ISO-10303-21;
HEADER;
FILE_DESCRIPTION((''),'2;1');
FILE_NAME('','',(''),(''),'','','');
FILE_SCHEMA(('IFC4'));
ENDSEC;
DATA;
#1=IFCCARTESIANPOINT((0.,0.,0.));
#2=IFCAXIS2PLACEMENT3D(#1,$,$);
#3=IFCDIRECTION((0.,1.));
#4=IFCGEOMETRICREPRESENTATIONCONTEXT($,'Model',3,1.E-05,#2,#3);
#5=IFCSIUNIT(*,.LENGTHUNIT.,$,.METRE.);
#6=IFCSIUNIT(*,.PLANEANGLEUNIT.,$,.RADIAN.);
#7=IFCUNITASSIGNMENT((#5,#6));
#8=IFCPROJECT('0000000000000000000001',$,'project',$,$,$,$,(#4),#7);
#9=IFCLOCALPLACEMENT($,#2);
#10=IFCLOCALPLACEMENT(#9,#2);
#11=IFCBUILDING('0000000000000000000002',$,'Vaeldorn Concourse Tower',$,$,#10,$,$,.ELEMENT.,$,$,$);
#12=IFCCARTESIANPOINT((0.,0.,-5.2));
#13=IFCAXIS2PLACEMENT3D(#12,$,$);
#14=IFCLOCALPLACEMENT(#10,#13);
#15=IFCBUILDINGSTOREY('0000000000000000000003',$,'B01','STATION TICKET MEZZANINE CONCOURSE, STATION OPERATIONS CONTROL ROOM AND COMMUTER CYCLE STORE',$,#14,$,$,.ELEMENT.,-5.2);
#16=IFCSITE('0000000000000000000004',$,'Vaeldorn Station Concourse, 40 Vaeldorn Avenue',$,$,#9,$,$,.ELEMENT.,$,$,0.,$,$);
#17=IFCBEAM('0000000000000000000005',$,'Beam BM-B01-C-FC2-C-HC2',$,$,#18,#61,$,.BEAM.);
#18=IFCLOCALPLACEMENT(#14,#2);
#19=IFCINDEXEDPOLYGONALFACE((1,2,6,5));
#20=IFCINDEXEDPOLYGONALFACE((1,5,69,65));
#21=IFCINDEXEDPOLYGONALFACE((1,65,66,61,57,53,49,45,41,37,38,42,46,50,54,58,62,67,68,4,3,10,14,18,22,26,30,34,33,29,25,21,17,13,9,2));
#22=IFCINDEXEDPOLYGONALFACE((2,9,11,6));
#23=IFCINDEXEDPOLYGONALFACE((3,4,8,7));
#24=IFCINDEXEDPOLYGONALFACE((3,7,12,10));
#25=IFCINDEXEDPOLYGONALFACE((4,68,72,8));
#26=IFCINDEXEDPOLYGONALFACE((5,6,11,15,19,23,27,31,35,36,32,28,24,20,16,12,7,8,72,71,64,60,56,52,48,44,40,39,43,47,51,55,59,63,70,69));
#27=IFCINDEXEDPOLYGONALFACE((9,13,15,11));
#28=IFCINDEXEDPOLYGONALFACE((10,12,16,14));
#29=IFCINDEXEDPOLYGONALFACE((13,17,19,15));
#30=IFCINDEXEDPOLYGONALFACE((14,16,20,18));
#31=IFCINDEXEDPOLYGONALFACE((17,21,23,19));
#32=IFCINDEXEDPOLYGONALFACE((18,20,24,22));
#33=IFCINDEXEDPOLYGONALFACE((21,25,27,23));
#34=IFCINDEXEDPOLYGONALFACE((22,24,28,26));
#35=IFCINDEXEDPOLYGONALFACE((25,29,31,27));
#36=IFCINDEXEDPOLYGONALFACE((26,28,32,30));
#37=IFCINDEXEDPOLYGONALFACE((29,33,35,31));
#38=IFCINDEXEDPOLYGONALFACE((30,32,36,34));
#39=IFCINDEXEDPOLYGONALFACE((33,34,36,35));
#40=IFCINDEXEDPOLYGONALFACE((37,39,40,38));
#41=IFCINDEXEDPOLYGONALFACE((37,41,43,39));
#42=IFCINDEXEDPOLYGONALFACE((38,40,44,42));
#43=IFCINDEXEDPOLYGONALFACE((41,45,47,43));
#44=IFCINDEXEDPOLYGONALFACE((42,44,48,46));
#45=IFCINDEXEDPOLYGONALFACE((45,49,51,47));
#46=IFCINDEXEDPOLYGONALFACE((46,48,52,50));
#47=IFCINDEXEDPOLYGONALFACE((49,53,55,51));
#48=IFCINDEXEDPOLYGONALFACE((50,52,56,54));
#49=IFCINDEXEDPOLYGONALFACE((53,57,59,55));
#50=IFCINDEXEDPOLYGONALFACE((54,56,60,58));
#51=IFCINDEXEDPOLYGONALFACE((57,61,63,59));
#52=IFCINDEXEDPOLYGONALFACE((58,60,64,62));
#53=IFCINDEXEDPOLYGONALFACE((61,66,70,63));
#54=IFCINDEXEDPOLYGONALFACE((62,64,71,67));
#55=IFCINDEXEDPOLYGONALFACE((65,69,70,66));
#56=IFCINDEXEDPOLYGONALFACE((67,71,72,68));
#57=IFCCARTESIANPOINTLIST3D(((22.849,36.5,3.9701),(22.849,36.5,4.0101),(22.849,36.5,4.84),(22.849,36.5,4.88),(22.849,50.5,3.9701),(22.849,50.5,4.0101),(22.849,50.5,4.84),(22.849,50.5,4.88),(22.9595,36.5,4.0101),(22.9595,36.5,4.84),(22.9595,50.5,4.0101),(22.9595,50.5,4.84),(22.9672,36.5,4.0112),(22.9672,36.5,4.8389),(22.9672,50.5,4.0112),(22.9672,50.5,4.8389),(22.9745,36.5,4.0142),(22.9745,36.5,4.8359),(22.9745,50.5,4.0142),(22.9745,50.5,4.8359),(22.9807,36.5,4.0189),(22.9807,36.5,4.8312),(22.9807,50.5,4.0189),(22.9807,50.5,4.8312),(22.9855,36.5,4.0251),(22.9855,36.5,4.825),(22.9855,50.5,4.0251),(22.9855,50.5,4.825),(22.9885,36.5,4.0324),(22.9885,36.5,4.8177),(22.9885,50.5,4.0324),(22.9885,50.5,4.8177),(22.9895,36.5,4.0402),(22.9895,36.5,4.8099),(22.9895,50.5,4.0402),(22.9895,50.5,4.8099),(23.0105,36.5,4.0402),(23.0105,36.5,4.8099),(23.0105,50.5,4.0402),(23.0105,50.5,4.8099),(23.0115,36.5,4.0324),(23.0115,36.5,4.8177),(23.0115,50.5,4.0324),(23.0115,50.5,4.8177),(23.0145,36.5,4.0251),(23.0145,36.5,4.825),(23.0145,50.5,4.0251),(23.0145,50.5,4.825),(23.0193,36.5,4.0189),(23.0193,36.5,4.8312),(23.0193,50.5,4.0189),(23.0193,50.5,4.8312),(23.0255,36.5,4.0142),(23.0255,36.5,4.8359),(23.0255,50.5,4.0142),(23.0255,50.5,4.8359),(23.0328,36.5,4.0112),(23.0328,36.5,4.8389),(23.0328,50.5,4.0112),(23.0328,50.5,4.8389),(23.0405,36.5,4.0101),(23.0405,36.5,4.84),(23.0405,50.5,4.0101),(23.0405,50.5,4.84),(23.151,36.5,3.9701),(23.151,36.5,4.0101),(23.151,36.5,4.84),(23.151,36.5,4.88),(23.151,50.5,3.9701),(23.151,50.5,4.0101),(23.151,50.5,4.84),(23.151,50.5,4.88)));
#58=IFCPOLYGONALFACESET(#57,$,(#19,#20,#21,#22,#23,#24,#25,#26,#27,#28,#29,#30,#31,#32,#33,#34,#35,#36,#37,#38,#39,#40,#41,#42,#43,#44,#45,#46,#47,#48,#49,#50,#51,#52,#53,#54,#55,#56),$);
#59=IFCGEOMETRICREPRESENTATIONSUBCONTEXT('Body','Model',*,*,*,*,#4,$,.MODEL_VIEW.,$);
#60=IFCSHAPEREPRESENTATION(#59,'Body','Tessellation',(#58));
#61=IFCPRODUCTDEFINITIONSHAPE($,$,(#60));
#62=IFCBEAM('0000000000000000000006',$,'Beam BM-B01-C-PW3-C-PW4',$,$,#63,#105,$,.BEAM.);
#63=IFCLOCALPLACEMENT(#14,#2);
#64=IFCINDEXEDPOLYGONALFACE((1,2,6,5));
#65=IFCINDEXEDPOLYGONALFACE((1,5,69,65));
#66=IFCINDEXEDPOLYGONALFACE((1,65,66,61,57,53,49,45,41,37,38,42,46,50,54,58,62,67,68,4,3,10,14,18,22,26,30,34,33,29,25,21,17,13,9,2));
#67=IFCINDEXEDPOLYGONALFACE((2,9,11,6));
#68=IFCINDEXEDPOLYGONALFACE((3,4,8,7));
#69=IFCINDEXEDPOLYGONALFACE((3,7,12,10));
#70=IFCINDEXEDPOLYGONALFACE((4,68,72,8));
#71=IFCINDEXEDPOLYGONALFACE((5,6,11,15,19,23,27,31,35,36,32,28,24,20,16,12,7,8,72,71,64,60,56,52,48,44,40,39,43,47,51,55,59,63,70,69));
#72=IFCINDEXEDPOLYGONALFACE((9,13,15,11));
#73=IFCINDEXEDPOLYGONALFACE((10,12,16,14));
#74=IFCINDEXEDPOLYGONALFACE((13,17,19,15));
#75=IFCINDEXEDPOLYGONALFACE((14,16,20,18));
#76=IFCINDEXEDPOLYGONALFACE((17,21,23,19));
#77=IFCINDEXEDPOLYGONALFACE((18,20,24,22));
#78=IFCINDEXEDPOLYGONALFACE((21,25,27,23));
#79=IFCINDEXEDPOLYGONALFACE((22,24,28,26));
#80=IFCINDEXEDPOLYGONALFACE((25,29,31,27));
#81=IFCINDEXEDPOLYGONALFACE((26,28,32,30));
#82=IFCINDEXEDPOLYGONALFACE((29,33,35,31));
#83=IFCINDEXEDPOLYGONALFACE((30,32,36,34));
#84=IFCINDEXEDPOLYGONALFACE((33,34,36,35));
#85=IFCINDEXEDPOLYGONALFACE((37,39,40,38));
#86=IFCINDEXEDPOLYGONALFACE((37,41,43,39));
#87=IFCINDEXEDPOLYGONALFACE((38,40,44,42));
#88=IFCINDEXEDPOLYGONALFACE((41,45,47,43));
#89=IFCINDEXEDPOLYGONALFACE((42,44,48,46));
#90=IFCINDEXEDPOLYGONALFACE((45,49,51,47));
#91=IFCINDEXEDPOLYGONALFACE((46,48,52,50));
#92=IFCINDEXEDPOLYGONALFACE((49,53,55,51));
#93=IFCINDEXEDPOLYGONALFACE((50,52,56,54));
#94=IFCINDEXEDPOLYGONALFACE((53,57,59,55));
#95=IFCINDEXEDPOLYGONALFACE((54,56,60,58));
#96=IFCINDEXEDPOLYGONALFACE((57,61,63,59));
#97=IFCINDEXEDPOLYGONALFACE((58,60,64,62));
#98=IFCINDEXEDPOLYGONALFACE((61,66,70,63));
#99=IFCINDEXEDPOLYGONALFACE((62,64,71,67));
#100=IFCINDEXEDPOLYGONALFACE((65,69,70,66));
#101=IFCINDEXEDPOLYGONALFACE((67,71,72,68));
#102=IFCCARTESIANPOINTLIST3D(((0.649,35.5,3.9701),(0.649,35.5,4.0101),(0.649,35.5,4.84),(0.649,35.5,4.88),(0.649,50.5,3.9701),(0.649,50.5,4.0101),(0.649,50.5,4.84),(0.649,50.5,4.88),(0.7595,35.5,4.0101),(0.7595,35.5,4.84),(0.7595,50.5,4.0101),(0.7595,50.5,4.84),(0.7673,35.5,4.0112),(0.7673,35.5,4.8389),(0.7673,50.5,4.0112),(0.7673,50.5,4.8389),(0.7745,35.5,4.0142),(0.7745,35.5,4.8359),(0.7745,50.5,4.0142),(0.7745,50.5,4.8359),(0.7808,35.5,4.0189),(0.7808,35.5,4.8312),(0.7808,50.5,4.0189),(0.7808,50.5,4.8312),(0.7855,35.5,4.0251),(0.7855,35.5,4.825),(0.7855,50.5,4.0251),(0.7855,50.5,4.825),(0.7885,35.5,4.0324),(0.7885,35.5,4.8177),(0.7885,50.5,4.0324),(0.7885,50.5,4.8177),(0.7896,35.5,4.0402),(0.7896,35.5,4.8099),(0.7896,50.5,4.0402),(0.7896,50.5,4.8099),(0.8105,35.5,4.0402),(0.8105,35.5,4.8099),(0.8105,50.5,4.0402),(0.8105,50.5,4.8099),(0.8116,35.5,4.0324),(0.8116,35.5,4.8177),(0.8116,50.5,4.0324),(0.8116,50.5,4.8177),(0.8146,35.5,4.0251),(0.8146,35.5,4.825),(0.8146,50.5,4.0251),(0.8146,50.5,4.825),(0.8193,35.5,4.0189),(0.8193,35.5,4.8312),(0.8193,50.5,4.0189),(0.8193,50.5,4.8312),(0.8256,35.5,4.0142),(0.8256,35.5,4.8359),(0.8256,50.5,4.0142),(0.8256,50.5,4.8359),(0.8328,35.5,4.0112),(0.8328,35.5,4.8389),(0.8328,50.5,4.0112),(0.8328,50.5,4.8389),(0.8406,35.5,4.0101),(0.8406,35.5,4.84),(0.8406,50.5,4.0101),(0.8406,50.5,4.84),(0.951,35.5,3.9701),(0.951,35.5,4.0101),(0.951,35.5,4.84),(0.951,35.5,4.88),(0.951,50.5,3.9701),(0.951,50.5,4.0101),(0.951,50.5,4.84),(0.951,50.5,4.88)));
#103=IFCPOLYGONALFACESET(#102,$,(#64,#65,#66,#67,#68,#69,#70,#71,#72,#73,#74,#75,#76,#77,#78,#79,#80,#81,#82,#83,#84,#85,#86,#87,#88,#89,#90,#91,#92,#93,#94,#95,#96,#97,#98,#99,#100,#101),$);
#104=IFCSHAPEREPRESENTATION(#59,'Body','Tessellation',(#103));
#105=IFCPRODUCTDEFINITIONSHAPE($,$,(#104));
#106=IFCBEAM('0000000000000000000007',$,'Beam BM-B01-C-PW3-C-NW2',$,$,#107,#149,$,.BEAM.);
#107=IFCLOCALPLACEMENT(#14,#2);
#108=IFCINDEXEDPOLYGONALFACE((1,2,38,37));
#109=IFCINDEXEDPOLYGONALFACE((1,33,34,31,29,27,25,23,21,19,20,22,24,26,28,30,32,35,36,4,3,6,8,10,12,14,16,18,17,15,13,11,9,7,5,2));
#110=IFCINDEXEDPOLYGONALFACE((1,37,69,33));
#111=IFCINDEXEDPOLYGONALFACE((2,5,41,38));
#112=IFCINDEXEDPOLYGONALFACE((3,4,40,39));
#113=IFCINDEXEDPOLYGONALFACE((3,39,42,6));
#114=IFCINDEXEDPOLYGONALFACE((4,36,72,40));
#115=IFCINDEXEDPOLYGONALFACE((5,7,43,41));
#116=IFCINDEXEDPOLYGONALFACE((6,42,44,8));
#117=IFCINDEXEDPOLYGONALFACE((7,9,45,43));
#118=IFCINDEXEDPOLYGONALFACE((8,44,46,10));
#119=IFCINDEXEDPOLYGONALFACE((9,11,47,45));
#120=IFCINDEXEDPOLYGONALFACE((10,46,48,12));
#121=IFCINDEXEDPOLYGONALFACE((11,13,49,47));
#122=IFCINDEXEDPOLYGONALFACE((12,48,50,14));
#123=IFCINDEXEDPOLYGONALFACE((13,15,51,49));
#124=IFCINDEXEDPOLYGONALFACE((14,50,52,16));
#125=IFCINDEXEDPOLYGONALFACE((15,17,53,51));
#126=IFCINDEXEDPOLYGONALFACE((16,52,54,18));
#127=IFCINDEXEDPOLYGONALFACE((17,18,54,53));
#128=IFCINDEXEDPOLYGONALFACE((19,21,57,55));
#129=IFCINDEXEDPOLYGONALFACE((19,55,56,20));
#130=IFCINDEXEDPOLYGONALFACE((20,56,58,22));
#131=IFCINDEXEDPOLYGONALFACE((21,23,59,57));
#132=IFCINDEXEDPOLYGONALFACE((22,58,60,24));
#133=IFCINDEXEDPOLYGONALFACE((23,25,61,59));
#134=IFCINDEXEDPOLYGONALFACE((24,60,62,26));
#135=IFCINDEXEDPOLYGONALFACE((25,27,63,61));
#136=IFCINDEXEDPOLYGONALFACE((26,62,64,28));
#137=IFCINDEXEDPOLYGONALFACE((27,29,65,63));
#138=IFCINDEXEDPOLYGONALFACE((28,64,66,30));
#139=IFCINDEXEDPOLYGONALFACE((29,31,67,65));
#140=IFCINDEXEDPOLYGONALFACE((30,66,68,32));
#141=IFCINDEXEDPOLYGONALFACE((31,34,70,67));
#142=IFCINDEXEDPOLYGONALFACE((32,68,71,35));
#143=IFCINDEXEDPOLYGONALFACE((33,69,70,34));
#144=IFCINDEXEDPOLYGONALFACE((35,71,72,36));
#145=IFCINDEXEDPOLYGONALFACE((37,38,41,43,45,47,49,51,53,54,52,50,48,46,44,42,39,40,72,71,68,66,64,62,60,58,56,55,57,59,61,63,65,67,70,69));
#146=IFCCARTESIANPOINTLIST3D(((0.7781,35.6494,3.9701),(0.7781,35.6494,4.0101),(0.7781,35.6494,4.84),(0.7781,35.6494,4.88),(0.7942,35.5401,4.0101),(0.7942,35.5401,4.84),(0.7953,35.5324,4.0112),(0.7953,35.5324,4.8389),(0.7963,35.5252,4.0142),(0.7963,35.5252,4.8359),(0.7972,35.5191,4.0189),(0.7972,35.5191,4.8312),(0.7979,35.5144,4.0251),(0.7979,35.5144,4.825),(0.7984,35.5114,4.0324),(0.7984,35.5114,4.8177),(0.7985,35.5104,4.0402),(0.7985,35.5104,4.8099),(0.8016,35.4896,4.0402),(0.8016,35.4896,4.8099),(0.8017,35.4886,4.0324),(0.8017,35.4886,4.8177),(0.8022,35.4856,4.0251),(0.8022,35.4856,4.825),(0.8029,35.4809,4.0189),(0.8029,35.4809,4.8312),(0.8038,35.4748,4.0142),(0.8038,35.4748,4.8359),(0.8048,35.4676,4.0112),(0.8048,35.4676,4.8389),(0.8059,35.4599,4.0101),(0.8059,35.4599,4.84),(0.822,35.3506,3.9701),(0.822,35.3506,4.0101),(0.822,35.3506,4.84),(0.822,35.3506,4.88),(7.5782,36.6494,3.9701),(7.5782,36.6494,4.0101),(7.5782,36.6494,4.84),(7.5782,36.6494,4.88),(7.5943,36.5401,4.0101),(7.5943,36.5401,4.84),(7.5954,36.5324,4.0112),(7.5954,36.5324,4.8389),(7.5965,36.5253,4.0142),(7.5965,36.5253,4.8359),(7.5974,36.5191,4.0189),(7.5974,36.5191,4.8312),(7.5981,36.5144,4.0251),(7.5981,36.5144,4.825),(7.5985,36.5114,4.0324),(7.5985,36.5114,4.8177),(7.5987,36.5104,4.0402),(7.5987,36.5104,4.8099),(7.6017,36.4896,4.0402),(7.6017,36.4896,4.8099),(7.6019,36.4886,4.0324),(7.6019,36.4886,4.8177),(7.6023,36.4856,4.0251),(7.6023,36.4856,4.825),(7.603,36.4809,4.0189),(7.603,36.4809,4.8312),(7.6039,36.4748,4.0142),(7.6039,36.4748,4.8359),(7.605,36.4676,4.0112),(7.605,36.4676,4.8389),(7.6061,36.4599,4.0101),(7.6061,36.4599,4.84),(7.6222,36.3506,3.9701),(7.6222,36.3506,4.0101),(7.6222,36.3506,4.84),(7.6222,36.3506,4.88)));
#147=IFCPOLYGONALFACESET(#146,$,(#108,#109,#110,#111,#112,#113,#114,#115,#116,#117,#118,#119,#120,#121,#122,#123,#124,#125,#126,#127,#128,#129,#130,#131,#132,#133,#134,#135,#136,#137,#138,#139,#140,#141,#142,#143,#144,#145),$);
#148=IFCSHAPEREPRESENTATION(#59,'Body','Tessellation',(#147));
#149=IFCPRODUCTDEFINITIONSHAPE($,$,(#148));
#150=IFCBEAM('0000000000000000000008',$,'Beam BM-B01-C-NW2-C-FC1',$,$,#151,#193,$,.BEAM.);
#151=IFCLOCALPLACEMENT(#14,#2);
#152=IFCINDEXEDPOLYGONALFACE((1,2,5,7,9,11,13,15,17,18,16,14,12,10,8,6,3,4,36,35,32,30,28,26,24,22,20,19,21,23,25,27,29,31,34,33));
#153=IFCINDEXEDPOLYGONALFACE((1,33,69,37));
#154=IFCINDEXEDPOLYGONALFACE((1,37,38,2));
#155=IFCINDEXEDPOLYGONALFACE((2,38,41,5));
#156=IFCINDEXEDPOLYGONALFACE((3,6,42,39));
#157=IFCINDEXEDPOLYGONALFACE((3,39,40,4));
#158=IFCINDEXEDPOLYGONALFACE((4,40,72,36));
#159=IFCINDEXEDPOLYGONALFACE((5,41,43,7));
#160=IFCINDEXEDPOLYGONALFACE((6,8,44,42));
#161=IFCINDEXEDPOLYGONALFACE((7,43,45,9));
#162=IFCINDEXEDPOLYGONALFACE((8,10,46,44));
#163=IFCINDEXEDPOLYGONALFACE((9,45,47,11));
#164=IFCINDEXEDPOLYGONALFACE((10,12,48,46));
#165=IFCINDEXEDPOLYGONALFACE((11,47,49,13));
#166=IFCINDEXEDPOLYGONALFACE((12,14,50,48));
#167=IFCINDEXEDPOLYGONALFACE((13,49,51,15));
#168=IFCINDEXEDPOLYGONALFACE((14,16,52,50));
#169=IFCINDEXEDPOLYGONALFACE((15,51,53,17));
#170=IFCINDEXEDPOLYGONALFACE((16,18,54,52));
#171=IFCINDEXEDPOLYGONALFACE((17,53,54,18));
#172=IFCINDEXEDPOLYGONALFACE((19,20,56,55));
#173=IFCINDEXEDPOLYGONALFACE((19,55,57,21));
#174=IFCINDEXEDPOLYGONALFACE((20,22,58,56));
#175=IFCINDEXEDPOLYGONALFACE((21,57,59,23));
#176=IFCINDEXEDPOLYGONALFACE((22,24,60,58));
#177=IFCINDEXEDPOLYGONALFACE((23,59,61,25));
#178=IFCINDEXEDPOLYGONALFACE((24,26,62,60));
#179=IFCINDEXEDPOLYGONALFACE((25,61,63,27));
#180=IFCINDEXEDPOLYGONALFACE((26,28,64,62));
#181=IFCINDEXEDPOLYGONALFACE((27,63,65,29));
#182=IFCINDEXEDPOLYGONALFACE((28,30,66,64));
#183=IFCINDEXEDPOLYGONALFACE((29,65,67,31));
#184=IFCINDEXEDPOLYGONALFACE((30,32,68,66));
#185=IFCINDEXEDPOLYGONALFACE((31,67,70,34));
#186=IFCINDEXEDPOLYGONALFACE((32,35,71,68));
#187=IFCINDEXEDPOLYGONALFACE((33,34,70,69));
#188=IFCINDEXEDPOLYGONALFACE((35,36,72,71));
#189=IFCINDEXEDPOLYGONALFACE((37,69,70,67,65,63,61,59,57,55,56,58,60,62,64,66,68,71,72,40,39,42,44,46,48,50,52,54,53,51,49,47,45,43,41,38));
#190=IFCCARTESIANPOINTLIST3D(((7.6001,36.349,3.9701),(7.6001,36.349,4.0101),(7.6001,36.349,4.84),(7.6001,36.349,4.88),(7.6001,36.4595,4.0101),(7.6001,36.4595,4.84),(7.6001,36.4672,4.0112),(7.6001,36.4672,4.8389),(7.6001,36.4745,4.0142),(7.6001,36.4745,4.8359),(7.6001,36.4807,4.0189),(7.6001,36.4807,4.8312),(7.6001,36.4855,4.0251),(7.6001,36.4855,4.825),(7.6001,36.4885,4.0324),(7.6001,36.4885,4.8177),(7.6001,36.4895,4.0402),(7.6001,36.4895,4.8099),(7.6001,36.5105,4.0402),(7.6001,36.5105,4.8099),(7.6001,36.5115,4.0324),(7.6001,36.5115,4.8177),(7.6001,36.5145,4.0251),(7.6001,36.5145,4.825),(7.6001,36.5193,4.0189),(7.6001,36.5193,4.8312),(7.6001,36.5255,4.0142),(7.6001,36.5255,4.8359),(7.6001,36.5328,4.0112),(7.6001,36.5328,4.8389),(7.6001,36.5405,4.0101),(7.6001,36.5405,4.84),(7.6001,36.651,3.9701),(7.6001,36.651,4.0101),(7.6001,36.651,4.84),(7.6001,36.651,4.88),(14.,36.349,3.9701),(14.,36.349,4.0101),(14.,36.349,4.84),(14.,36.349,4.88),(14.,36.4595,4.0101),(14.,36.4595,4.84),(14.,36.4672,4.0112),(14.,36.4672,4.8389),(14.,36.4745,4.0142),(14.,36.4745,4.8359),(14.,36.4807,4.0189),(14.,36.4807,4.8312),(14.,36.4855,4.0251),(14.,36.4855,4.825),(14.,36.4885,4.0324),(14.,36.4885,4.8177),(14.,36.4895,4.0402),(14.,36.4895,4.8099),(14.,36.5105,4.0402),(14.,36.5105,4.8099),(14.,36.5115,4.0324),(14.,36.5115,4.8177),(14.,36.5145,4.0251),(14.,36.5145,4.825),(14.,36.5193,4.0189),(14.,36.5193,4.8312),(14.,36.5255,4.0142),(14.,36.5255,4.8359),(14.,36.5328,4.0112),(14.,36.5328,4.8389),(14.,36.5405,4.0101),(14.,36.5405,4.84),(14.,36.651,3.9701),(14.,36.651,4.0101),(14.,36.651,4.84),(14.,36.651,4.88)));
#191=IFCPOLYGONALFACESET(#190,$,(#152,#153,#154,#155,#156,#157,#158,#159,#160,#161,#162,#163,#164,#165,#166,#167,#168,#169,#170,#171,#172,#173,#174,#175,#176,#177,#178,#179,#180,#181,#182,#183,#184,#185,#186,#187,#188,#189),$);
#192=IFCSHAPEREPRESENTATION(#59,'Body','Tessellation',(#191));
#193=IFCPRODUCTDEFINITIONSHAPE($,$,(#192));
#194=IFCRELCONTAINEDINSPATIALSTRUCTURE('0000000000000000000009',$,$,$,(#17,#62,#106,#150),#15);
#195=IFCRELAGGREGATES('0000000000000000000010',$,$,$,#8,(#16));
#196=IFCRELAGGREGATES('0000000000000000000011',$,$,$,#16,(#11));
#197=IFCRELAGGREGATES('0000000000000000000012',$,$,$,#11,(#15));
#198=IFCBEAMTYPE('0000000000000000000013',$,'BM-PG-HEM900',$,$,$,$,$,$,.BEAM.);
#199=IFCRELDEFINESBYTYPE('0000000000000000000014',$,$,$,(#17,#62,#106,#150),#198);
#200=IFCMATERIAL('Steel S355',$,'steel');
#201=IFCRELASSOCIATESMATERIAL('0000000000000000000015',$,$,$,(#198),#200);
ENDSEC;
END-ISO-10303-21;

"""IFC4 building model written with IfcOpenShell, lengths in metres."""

from ifc_helpers import new_model, si_unit, direction, frame, origin, origin_2d, place, context, subcontext, project, spatial, i_section, extrude, source, transform, mapped, material, material_profile, profile_set, type_object, element, save


model = new_model("IFC4")

# Units and contexts
model_context = context("Model", 3, precision=1e-05, world=origin(), true_north=direction((0.0, 1.0)))
body_context = subcontext(model_context, "Body", "Model", "MODEL_VIEW")
ifc_project = project(units=[si_unit("LENGTHUNIT", "METRE"), si_unit("PLANEANGLEUNIT", "RADIAN")], contexts=[model_context])

# Site, building, storey
site_placement = place(None, origin())
site = spatial("IfcSite", under=ifc_project, at=site_placement, Name="Vaeldorn Station Concourse, 40 Vaeldorn Avenue", CompositionType="ELEMENT", RefElevation=0.0)
building_placement = place(site_placement, origin())
building = spatial("IfcBuilding", under=site, at=building_placement, Name="Vaeldorn Concourse Tower", CompositionType="ELEMENT")
storey_placement = place(building_placement, frame((0.0, 0.0, -5.2)))
storey = spatial("IfcBuildingStorey", under=building, at=storey_placement, Name="B01", Description="STATION TICKET MEZZANINE CONCOURSE, STATION OPERATIONS CONTROL ROOM AND COMMUTER CYCLE STORE", CompositionType="ELEMENT", Elevation=-5.2)

# Beams
ifc_material_1 = material(Name="Steel S355", Category="steel")
ifc_material_profile_1 = material_profile(ifc_material_1, i_section(OverallWidth=0.302, OverallDepth=0.9099, WebThickness=0.021, FlangeThickness=0.04, FilletRadius=0.03, at=origin_2d()), Name="HEM 900")
ifc_profile_set_1 = profile_set([ifc_material_profile_1], Name="Steel S355")
beam_type_1 = type_object("IfcBeamType", Name="BM-PG-HEM900", PredefinedType="BEAM", material=ifc_profile_set_1)
shared_shape_1 = source(origin(), body_context, "Body", "SweptSolid", [
    extrude(i_section(OverallWidth=0.302, OverallDepth=0.9099, WebThickness=0.021, FlangeThickness=0.04, FilletRadius=0.03, at=origin_2d()), origin(), (0.0, 0.0, 1.0), 14.0),
])
for number, where, z_axis, x_axis, name in (
    (1, (23.0, 36.5, 4.425), (0.0, 1.0, 0.0), (-1.0, 0.0, 0.0), "Beam BM-B01-C-FC2-C-HC2"),
):
    element("IfcBeam", number, at=place(storey_placement, frame(where, z_axis=z_axis, x_axis=x_axis)), inside=storey, type_object=beam_type_1, Name=name, PredefinedType="BEAM", context=body_context, shape_type="MappedRepresentation", body=[
        mapped(shared_shape_1, transform((0.0, 0.0, 0.0), scale=1.0)),
    ])
shared_shape_2 = source(origin(), body_context, "Body", "SweptSolid", [
    extrude(i_section(OverallWidth=0.302, OverallDepth=0.9099, WebThickness=0.021, FlangeThickness=0.04, FilletRadius=0.03, at=origin_2d()), origin(), (0.0, 0.0, 1.0), 15.0),
])
beam_1_placement = place(storey_placement, frame((0.8, 35.5, 4.425), z_axis=(0.0, 1.0, 0.0), x_axis=(-1.0, 0.0, 0.0)))
element("IfcBeam", 2, at=beam_1_placement, inside=storey, type_object=beam_type_1, Name="Beam BM-B01-C-PW3-C-PW4", PredefinedType="BEAM", context=body_context, shape_type="MappedRepresentation", body=[
    mapped(shared_shape_2, transform((0.0, 0.0, 0.0), scale=1.0)),
])
shared_shape_3 = source(origin(), body_context, "Body", "SweptSolid", [
    extrude(i_section(OverallWidth=0.302, OverallDepth=0.9099, WebThickness=0.021, FlangeThickness=0.04, FilletRadius=0.03, at=origin_2d()), origin(), (0.0, 0.0, 1.0), 6.8733),
])
beam_2_placement = place(storey_placement, frame((0.8, 35.5, 4.425), z_axis=(0.989359, 0.145493, 0.0), x_axis=(-0.145493, 0.989359, 0.0)))
element("IfcBeam", 3, at=beam_2_placement, inside=storey, type_object=beam_type_1, Name="Beam BM-B01-C-PW3-C-NW2", PredefinedType="BEAM", context=body_context, shape_type="MappedRepresentation", body=[
    mapped(shared_shape_3, transform((0.0, 0.0, 0.0), scale=1.0)),
])
shared_shape_4 = source(origin(), body_context, "Body", "SweptSolid", [
    extrude(i_section(OverallWidth=0.302, OverallDepth=0.9099, WebThickness=0.021, FlangeThickness=0.04, FilletRadius=0.03, at=origin_2d()), origin(), (0.0, 0.0, 1.0), 6.3999),
])
beam_3_placement = place(storey_placement, frame((7.6001, 36.5, 4.425), z_axis=(1.0, 0.0, 0.0), x_axis=(0.0, 1.0, 0.0)))
element("IfcBeam", 4, at=beam_3_placement, inside=storey, type_object=beam_type_1, Name="Beam BM-B01-C-NW2-C-FC1", PredefinedType="BEAM", context=body_context, shape_type="MappedRepresentation", body=[
    mapped(shared_shape_4, transform((0.0, 0.0, 0.0), scale=1.0)),
])

save(model, "model.ifc")
